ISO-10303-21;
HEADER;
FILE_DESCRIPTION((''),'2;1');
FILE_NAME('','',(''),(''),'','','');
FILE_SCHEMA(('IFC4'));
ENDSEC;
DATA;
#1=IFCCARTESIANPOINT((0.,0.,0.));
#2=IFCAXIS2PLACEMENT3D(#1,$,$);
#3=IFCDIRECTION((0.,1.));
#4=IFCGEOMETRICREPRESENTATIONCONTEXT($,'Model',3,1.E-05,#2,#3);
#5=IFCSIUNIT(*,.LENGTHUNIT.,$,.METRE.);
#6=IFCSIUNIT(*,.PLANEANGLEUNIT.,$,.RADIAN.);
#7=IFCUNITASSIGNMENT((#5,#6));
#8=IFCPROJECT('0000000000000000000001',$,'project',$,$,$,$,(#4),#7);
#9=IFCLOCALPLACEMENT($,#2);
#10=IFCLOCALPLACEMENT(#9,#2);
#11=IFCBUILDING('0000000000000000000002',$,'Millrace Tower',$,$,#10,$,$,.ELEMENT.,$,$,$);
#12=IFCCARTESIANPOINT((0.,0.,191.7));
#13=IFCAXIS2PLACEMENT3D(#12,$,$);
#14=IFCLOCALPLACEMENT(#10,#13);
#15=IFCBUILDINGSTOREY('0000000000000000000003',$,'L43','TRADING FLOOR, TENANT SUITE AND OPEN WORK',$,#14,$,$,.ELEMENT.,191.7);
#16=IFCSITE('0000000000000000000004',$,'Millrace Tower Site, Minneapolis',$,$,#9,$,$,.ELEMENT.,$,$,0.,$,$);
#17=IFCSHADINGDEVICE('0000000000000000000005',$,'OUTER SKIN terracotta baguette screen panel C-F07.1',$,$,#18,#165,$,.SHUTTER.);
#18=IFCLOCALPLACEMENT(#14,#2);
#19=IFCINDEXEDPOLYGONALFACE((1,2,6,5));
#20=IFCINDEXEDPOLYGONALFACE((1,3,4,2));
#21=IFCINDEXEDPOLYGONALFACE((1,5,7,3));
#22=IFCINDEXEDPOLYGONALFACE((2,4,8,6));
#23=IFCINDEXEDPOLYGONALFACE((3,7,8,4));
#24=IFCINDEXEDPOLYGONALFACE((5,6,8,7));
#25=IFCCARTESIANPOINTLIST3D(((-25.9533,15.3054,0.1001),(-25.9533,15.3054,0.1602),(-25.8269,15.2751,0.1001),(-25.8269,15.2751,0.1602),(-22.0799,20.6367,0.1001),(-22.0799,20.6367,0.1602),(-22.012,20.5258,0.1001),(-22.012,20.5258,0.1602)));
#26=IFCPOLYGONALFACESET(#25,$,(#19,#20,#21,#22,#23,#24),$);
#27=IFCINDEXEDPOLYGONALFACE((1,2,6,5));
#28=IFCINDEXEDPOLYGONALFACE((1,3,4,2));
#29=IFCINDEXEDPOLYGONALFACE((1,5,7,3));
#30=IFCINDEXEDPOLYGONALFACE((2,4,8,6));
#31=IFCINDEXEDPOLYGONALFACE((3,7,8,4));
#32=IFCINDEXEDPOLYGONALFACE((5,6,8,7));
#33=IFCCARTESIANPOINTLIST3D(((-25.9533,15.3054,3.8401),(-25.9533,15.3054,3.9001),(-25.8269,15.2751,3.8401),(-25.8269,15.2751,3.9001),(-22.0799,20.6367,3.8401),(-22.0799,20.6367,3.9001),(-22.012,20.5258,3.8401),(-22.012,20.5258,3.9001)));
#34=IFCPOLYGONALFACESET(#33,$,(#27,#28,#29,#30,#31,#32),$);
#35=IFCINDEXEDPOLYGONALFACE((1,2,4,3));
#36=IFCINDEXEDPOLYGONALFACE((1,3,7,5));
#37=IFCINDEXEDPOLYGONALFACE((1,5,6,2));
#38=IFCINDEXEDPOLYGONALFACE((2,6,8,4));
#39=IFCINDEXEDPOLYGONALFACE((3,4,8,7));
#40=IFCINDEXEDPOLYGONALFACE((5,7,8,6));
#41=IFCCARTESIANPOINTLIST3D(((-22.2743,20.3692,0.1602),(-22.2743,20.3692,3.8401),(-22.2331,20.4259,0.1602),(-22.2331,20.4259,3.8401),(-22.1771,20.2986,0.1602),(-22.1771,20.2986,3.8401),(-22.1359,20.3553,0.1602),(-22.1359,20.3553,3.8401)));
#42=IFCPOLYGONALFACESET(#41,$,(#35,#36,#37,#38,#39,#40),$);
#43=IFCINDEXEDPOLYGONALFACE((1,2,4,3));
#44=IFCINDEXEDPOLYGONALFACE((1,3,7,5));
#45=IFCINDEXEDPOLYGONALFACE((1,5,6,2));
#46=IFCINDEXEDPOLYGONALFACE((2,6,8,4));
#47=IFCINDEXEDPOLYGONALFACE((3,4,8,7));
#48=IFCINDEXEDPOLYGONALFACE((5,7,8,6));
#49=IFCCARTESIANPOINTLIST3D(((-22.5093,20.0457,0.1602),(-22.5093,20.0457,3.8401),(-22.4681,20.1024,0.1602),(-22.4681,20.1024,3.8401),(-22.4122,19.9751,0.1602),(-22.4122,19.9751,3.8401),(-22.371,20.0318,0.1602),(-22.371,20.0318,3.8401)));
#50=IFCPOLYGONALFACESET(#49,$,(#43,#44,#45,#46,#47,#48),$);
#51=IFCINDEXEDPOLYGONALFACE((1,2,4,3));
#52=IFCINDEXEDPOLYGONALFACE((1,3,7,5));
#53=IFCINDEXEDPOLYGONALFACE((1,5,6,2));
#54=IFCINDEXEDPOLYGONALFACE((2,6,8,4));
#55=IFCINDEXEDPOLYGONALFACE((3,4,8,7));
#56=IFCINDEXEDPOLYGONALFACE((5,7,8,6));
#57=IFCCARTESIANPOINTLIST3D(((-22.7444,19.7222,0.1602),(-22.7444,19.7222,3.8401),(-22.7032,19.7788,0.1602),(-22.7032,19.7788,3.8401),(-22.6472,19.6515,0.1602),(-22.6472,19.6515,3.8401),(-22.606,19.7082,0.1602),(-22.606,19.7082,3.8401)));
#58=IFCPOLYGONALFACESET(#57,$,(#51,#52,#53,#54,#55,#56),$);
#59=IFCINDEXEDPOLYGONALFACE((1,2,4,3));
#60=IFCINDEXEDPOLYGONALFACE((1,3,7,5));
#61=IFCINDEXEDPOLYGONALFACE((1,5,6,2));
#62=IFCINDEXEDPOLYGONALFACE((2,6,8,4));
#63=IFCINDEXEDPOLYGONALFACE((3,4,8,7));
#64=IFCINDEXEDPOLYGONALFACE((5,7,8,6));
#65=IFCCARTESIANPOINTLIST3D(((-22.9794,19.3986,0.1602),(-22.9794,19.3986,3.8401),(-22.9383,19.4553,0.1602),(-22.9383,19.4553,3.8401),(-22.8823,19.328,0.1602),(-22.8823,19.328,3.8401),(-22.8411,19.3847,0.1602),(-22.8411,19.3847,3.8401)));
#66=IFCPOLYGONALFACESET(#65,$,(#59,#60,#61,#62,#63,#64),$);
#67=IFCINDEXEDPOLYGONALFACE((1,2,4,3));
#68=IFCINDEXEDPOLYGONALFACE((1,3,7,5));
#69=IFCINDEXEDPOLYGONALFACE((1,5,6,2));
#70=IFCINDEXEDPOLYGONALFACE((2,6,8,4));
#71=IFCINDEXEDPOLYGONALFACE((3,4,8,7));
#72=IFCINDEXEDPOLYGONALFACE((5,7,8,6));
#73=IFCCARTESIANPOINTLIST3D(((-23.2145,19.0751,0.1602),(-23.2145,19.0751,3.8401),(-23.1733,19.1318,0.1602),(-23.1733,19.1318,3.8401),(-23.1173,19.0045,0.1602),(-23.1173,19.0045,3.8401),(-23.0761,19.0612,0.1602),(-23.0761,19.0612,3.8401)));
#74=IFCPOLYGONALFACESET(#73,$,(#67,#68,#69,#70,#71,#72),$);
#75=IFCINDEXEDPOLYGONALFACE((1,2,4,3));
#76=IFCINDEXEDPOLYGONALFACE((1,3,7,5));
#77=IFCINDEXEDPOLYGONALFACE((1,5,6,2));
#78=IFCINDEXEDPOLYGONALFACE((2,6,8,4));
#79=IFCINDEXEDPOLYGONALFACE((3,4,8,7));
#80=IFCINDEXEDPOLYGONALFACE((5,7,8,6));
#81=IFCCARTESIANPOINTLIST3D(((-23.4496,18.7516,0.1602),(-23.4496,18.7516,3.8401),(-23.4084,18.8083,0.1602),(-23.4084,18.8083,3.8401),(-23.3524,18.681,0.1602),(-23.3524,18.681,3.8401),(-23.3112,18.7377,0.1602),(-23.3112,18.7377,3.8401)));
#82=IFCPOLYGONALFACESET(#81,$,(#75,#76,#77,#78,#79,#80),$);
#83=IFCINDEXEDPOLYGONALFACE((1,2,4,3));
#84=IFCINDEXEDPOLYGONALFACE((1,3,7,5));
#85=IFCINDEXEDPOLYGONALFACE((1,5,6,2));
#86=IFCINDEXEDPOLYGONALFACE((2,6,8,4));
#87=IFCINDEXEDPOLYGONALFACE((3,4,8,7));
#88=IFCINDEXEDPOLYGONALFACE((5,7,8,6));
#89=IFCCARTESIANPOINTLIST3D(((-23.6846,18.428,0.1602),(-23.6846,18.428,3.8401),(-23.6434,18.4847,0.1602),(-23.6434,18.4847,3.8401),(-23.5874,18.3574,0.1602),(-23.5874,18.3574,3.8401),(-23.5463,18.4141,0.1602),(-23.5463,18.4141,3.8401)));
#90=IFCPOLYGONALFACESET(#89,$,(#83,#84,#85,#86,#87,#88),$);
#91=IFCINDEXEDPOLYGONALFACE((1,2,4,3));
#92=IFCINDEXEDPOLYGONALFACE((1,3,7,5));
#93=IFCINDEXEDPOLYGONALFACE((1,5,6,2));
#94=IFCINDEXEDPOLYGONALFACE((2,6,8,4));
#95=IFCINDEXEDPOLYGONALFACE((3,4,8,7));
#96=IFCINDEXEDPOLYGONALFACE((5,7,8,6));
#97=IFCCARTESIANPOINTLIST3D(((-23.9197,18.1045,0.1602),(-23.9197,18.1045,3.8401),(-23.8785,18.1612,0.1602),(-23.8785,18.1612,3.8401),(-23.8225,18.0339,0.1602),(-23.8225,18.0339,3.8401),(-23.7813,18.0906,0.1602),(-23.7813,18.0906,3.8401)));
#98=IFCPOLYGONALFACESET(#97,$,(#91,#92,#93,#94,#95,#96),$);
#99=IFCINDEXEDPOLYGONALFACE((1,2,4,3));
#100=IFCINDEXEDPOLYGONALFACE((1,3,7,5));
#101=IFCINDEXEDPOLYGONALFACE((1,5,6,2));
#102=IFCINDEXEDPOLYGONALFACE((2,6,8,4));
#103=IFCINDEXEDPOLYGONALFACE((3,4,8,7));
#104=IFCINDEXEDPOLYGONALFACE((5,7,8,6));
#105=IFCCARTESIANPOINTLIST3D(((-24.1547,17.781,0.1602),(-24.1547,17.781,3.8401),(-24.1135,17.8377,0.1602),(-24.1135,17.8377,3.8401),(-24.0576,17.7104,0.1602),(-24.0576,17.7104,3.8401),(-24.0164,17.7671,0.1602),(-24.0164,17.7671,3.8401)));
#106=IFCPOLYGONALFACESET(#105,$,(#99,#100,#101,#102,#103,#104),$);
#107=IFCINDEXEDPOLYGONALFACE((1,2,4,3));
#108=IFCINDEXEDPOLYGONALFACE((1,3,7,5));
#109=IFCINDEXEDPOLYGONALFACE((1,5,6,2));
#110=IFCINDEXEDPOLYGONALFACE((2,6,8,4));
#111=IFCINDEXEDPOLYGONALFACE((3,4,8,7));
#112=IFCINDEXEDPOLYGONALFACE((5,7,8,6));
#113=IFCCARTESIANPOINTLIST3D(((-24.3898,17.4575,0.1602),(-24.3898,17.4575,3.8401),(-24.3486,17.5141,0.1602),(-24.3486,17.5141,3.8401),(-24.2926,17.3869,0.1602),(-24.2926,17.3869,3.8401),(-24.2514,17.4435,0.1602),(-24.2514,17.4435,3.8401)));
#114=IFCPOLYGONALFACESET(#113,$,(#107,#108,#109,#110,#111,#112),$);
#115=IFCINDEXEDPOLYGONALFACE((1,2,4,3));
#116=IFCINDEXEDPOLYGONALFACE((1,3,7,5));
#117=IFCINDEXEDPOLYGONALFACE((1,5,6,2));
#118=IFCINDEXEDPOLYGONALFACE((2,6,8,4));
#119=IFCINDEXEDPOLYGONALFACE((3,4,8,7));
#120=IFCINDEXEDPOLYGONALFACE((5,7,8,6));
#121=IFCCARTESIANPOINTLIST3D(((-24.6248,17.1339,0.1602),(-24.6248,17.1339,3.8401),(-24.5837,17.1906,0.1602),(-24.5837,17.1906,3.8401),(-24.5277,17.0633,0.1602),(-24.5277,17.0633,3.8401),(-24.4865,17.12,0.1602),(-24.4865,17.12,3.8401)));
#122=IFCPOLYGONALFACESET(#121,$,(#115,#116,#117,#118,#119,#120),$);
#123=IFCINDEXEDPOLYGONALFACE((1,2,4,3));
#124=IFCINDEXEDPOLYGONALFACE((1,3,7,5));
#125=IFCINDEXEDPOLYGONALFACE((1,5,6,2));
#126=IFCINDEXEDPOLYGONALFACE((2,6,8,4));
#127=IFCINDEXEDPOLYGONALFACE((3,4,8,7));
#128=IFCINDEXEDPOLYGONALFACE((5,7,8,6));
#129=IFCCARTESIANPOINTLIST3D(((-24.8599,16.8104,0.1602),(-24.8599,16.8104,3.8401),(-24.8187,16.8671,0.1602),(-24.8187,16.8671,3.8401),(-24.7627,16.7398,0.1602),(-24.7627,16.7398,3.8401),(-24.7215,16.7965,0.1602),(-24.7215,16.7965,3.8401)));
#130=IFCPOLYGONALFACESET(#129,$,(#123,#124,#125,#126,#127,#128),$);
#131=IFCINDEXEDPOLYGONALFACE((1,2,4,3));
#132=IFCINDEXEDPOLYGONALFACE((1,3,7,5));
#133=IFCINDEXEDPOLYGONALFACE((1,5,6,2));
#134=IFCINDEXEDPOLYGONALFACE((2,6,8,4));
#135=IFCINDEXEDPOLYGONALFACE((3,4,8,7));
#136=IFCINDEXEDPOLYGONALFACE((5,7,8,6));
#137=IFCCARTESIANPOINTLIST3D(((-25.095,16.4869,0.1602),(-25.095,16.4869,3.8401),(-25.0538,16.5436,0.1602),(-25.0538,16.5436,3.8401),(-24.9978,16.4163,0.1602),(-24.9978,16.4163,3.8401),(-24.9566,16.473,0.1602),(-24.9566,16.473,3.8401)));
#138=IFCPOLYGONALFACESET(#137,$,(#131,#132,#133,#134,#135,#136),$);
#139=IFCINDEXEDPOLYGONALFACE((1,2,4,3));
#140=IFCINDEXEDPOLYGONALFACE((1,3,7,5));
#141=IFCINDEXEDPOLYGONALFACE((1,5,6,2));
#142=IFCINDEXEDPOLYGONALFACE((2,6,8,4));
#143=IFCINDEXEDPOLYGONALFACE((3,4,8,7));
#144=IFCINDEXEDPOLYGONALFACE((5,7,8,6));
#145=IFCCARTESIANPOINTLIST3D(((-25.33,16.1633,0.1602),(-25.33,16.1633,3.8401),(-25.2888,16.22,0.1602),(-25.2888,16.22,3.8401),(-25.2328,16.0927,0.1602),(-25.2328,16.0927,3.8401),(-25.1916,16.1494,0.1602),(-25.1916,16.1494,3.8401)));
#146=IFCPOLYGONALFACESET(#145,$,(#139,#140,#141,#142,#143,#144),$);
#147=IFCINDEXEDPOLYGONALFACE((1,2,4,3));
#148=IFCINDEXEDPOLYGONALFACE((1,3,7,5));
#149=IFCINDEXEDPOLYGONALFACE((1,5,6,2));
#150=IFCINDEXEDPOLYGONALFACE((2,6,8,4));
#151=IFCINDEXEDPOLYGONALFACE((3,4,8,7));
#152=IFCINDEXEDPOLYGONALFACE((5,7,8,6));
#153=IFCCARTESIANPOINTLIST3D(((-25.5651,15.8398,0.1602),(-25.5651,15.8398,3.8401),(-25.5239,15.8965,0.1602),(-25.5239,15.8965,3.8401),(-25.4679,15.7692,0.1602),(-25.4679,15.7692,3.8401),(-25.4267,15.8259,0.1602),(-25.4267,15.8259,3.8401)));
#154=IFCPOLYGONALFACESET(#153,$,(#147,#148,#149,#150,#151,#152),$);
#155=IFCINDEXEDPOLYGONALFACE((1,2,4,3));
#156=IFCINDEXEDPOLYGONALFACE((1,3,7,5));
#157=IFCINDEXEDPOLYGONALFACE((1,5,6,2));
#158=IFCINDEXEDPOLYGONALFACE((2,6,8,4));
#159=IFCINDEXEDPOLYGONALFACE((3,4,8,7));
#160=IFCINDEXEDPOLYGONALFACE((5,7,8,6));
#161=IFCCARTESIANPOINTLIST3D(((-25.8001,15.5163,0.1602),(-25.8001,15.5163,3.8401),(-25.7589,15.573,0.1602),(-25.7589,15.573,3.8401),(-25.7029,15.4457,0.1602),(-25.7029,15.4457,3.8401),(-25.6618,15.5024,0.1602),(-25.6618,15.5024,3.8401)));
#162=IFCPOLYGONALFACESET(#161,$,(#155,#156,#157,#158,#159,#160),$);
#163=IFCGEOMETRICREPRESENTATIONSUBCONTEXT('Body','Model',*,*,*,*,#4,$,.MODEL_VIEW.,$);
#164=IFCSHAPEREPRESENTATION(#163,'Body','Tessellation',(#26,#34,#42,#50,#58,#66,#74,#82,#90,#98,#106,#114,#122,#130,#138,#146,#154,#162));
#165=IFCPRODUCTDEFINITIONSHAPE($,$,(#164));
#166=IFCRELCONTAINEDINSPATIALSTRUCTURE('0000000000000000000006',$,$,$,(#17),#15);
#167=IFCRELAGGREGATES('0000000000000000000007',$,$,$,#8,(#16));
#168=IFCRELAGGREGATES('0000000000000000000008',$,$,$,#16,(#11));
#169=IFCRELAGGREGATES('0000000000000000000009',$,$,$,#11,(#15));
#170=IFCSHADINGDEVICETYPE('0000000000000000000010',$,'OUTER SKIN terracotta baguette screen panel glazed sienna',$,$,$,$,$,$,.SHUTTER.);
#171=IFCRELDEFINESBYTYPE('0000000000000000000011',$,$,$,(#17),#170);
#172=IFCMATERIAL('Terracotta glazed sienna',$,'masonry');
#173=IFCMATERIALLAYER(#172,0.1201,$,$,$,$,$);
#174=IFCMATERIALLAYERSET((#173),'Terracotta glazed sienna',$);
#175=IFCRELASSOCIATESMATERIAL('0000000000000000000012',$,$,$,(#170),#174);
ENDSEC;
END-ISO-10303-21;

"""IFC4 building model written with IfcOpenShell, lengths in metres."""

from ifc_helpers import new_model, entity, si_unit, direction, frame, frame_2d, origin, place, context, subcontext, project, spatial, rectangle, extrude, source, transform, mapped, material, layer, layer_set, type_object, element, save


model = new_model("IFC4")

# Units and contexts
model_context = context("Model", 3, precision=1e-05, world=origin(), true_north=direction((0.0, 1.0)))
body_context = subcontext(model_context, "Body", "Model", "MODEL_VIEW")
ifc_project = project(units=[si_unit("LENGTHUNIT", "METRE"), si_unit("PLANEANGLEUNIT", "RADIAN")], contexts=[model_context])

# Site, building, storey
site_placement = place(None, origin())
site = spatial("IfcSite", under=ifc_project, at=site_placement, Name="Millrace Tower Site, Minneapolis", CompositionType="ELEMENT", RefElevation=0.0)
building_placement = place(site_placement, origin())
building = spatial("IfcBuilding", under=site, at=building_placement, Name="Millrace Tower", CompositionType="ELEMENT")
storey_placement = place(building_placement, frame((0.0, 0.0, 191.7)))
storey = spatial("IfcBuildingStorey", under=building, at=storey_placement, Name="L43", Description="TRADING FLOOR, TENANT SUITE AND OPEN WORK", CompositionType="ELEMENT", Elevation=191.7)

# Shading device
ifc_material_1 = material(Name="Terracotta glazed sienna", Category="masonry")
ifc_layer_1 = layer(ifc_material_1, 0.1201)
ifc_layer_set_1 = layer_set([ifc_layer_1], Name="Terracotta glazed sienna")
shading_device_type = type_object("IfcShadingDeviceType", Name="OUTER SKIN terracotta baguette screen panel glazed sienna", PredefinedType="SHUTTER", material=ifc_layer_set_1)
cartesian_point_1 = entity("IfcCartesianPoint", [-3.2451, 0.0601])
shared_polyline_1 = entity("IfcPolyline", [cartesian_point_1, entity("IfcCartesianPoint", [3.2451, 0.0601]), entity("IfcCartesianPoint", [3.2949, -0.0601]), entity("IfcCartesianPoint", [-3.2949, -0.0601]), cartesian_point_1])
shared_shape_1 = source(origin(), body_context, "Body", "SweptSolid", [
    entity("IfcExtrudedAreaSolid", entity("IfcArbitraryClosedProfileDef", "AREA", None, shared_polyline_1), entity("IfcAxis2Placement3D", entity("IfcCartesianPoint", [0.0, 0.0, 0.0])), entity("IfcDirection", [0.0, 0.0, 1.0]), 0.0601),
    entity("IfcExtrudedAreaSolid", entity("IfcArbitraryClosedProfileDef", "AREA", None, shared_polyline_1), entity("IfcAxis2Placement3D", entity("IfcCartesianPoint", [0.0, 0.0, 3.74])), entity("IfcDirection", [0.0, 0.0, 1.0]), 0.0601),
    extrude(rectangle(XDim=0.0701, YDim=0.1201, at=frame_2d((-2.9993, 0.0))), frame((0.0, 0.0, 0.0601)), (0.0, 0.0, 1.0), 3.6799),
    extrude(rectangle(XDim=0.0701, YDim=0.1201, at=frame_2d((-2.5994, 0.0))), frame((0.0, 0.0, 0.0601)), (0.0, 0.0, 1.0), 3.6799),
    extrude(rectangle(XDim=0.0701, YDim=0.1201, at=frame_2d((-2.1995, 0.0))), frame((0.0, 0.0, 0.0601)), (0.0, 0.0, 1.0), 3.6799),
    extrude(rectangle(XDim=0.0701, YDim=0.1201, at=frame_2d((-1.7996, 0.0))), frame((0.0, 0.0, 0.0601)), (0.0, 0.0, 1.0), 3.6799),
    extrude(rectangle(XDim=0.0701, YDim=0.1201, at=frame_2d((-1.3997, 0.0))), frame((0.0, 0.0, 0.0601)), (0.0, 0.0, 1.0), 3.6799),
    extrude(rectangle(XDim=0.0701, YDim=0.1201, at=frame_2d((-0.9998, 0.0))), frame((0.0, 0.0, 0.0601)), (0.0, 0.0, 1.0), 3.6799),
    extrude(rectangle(XDim=0.0701, YDim=0.1201, at=frame_2d((-0.5999, 0.0))), frame((0.0, 0.0, 0.0601)), (0.0, 0.0, 1.0), 3.6799),
    extrude(rectangle(XDim=0.0701, YDim=0.1201, at=frame_2d((-0.2, 0.0))), frame((0.0, 0.0, 0.0601)), (0.0, 0.0, 1.0), 3.6799),
    extrude(rectangle(XDim=0.0701, YDim=0.1201, at=frame_2d((0.2, 0.0))), frame((0.0, 0.0, 0.0601)), (0.0, 0.0, 1.0), 3.6799),
    extrude(rectangle(XDim=0.0701, YDim=0.1201, at=frame_2d((0.5999, 0.0))), frame((0.0, 0.0, 0.0601)), (0.0, 0.0, 1.0), 3.6799),
    extrude(rectangle(XDim=0.0701, YDim=0.1201, at=frame_2d((0.9998, 0.0))), frame((0.0, 0.0, 0.0601)), (0.0, 0.0, 1.0), 3.6799),
    extrude(rectangle(XDim=0.0701, YDim=0.1201, at=frame_2d((1.3997, 0.0))), frame((0.0, 0.0, 0.0601)), (0.0, 0.0, 1.0), 3.6799),
    extrude(rectangle(XDim=0.0701, YDim=0.1201, at=frame_2d((1.7996, 0.0))), frame((0.0, 0.0, 0.0601)), (0.0, 0.0, 1.0), 3.6799),
    extrude(rectangle(XDim=0.0701, YDim=0.1201, at=frame_2d((2.1995, 0.0))), frame((0.0, 0.0, 0.0601)), (0.0, 0.0, 1.0), 3.6799),
    extrude(rectangle(XDim=0.0701, YDim=0.1201, at=frame_2d((2.5994, 0.0))), frame((0.0, 0.0, 0.0601)), (0.0, 0.0, 1.0), 3.6799),
    extrude(rectangle(XDim=0.0701, YDim=0.1201, at=frame_2d((2.9993, 0.0))), frame((0.0, 0.0, 0.0601)), (0.0, 0.0, 1.0), 3.6799),
])
shading_device_1_placement = place(storey_placement, frame((-23.968, 17.9358, 0.1001), z_axis=(0.0, 0.0, 1.0), x_axis=(-0.587785, -0.809017, 0.0)))
element("IfcShadingDevice", 1, at=shading_device_1_placement, inside=storey, type_object=shading_device_type, Name="OUTER SKIN terracotta baguette screen panel C-F07.1", PredefinedType="SHUTTER", context=body_context, shape_type="MappedRepresentation", body=[
    mapped(shared_shape_1, transform((0.0, 0.0, 0.0), scale=1.0)),
])

save(model, "model.ifc")
